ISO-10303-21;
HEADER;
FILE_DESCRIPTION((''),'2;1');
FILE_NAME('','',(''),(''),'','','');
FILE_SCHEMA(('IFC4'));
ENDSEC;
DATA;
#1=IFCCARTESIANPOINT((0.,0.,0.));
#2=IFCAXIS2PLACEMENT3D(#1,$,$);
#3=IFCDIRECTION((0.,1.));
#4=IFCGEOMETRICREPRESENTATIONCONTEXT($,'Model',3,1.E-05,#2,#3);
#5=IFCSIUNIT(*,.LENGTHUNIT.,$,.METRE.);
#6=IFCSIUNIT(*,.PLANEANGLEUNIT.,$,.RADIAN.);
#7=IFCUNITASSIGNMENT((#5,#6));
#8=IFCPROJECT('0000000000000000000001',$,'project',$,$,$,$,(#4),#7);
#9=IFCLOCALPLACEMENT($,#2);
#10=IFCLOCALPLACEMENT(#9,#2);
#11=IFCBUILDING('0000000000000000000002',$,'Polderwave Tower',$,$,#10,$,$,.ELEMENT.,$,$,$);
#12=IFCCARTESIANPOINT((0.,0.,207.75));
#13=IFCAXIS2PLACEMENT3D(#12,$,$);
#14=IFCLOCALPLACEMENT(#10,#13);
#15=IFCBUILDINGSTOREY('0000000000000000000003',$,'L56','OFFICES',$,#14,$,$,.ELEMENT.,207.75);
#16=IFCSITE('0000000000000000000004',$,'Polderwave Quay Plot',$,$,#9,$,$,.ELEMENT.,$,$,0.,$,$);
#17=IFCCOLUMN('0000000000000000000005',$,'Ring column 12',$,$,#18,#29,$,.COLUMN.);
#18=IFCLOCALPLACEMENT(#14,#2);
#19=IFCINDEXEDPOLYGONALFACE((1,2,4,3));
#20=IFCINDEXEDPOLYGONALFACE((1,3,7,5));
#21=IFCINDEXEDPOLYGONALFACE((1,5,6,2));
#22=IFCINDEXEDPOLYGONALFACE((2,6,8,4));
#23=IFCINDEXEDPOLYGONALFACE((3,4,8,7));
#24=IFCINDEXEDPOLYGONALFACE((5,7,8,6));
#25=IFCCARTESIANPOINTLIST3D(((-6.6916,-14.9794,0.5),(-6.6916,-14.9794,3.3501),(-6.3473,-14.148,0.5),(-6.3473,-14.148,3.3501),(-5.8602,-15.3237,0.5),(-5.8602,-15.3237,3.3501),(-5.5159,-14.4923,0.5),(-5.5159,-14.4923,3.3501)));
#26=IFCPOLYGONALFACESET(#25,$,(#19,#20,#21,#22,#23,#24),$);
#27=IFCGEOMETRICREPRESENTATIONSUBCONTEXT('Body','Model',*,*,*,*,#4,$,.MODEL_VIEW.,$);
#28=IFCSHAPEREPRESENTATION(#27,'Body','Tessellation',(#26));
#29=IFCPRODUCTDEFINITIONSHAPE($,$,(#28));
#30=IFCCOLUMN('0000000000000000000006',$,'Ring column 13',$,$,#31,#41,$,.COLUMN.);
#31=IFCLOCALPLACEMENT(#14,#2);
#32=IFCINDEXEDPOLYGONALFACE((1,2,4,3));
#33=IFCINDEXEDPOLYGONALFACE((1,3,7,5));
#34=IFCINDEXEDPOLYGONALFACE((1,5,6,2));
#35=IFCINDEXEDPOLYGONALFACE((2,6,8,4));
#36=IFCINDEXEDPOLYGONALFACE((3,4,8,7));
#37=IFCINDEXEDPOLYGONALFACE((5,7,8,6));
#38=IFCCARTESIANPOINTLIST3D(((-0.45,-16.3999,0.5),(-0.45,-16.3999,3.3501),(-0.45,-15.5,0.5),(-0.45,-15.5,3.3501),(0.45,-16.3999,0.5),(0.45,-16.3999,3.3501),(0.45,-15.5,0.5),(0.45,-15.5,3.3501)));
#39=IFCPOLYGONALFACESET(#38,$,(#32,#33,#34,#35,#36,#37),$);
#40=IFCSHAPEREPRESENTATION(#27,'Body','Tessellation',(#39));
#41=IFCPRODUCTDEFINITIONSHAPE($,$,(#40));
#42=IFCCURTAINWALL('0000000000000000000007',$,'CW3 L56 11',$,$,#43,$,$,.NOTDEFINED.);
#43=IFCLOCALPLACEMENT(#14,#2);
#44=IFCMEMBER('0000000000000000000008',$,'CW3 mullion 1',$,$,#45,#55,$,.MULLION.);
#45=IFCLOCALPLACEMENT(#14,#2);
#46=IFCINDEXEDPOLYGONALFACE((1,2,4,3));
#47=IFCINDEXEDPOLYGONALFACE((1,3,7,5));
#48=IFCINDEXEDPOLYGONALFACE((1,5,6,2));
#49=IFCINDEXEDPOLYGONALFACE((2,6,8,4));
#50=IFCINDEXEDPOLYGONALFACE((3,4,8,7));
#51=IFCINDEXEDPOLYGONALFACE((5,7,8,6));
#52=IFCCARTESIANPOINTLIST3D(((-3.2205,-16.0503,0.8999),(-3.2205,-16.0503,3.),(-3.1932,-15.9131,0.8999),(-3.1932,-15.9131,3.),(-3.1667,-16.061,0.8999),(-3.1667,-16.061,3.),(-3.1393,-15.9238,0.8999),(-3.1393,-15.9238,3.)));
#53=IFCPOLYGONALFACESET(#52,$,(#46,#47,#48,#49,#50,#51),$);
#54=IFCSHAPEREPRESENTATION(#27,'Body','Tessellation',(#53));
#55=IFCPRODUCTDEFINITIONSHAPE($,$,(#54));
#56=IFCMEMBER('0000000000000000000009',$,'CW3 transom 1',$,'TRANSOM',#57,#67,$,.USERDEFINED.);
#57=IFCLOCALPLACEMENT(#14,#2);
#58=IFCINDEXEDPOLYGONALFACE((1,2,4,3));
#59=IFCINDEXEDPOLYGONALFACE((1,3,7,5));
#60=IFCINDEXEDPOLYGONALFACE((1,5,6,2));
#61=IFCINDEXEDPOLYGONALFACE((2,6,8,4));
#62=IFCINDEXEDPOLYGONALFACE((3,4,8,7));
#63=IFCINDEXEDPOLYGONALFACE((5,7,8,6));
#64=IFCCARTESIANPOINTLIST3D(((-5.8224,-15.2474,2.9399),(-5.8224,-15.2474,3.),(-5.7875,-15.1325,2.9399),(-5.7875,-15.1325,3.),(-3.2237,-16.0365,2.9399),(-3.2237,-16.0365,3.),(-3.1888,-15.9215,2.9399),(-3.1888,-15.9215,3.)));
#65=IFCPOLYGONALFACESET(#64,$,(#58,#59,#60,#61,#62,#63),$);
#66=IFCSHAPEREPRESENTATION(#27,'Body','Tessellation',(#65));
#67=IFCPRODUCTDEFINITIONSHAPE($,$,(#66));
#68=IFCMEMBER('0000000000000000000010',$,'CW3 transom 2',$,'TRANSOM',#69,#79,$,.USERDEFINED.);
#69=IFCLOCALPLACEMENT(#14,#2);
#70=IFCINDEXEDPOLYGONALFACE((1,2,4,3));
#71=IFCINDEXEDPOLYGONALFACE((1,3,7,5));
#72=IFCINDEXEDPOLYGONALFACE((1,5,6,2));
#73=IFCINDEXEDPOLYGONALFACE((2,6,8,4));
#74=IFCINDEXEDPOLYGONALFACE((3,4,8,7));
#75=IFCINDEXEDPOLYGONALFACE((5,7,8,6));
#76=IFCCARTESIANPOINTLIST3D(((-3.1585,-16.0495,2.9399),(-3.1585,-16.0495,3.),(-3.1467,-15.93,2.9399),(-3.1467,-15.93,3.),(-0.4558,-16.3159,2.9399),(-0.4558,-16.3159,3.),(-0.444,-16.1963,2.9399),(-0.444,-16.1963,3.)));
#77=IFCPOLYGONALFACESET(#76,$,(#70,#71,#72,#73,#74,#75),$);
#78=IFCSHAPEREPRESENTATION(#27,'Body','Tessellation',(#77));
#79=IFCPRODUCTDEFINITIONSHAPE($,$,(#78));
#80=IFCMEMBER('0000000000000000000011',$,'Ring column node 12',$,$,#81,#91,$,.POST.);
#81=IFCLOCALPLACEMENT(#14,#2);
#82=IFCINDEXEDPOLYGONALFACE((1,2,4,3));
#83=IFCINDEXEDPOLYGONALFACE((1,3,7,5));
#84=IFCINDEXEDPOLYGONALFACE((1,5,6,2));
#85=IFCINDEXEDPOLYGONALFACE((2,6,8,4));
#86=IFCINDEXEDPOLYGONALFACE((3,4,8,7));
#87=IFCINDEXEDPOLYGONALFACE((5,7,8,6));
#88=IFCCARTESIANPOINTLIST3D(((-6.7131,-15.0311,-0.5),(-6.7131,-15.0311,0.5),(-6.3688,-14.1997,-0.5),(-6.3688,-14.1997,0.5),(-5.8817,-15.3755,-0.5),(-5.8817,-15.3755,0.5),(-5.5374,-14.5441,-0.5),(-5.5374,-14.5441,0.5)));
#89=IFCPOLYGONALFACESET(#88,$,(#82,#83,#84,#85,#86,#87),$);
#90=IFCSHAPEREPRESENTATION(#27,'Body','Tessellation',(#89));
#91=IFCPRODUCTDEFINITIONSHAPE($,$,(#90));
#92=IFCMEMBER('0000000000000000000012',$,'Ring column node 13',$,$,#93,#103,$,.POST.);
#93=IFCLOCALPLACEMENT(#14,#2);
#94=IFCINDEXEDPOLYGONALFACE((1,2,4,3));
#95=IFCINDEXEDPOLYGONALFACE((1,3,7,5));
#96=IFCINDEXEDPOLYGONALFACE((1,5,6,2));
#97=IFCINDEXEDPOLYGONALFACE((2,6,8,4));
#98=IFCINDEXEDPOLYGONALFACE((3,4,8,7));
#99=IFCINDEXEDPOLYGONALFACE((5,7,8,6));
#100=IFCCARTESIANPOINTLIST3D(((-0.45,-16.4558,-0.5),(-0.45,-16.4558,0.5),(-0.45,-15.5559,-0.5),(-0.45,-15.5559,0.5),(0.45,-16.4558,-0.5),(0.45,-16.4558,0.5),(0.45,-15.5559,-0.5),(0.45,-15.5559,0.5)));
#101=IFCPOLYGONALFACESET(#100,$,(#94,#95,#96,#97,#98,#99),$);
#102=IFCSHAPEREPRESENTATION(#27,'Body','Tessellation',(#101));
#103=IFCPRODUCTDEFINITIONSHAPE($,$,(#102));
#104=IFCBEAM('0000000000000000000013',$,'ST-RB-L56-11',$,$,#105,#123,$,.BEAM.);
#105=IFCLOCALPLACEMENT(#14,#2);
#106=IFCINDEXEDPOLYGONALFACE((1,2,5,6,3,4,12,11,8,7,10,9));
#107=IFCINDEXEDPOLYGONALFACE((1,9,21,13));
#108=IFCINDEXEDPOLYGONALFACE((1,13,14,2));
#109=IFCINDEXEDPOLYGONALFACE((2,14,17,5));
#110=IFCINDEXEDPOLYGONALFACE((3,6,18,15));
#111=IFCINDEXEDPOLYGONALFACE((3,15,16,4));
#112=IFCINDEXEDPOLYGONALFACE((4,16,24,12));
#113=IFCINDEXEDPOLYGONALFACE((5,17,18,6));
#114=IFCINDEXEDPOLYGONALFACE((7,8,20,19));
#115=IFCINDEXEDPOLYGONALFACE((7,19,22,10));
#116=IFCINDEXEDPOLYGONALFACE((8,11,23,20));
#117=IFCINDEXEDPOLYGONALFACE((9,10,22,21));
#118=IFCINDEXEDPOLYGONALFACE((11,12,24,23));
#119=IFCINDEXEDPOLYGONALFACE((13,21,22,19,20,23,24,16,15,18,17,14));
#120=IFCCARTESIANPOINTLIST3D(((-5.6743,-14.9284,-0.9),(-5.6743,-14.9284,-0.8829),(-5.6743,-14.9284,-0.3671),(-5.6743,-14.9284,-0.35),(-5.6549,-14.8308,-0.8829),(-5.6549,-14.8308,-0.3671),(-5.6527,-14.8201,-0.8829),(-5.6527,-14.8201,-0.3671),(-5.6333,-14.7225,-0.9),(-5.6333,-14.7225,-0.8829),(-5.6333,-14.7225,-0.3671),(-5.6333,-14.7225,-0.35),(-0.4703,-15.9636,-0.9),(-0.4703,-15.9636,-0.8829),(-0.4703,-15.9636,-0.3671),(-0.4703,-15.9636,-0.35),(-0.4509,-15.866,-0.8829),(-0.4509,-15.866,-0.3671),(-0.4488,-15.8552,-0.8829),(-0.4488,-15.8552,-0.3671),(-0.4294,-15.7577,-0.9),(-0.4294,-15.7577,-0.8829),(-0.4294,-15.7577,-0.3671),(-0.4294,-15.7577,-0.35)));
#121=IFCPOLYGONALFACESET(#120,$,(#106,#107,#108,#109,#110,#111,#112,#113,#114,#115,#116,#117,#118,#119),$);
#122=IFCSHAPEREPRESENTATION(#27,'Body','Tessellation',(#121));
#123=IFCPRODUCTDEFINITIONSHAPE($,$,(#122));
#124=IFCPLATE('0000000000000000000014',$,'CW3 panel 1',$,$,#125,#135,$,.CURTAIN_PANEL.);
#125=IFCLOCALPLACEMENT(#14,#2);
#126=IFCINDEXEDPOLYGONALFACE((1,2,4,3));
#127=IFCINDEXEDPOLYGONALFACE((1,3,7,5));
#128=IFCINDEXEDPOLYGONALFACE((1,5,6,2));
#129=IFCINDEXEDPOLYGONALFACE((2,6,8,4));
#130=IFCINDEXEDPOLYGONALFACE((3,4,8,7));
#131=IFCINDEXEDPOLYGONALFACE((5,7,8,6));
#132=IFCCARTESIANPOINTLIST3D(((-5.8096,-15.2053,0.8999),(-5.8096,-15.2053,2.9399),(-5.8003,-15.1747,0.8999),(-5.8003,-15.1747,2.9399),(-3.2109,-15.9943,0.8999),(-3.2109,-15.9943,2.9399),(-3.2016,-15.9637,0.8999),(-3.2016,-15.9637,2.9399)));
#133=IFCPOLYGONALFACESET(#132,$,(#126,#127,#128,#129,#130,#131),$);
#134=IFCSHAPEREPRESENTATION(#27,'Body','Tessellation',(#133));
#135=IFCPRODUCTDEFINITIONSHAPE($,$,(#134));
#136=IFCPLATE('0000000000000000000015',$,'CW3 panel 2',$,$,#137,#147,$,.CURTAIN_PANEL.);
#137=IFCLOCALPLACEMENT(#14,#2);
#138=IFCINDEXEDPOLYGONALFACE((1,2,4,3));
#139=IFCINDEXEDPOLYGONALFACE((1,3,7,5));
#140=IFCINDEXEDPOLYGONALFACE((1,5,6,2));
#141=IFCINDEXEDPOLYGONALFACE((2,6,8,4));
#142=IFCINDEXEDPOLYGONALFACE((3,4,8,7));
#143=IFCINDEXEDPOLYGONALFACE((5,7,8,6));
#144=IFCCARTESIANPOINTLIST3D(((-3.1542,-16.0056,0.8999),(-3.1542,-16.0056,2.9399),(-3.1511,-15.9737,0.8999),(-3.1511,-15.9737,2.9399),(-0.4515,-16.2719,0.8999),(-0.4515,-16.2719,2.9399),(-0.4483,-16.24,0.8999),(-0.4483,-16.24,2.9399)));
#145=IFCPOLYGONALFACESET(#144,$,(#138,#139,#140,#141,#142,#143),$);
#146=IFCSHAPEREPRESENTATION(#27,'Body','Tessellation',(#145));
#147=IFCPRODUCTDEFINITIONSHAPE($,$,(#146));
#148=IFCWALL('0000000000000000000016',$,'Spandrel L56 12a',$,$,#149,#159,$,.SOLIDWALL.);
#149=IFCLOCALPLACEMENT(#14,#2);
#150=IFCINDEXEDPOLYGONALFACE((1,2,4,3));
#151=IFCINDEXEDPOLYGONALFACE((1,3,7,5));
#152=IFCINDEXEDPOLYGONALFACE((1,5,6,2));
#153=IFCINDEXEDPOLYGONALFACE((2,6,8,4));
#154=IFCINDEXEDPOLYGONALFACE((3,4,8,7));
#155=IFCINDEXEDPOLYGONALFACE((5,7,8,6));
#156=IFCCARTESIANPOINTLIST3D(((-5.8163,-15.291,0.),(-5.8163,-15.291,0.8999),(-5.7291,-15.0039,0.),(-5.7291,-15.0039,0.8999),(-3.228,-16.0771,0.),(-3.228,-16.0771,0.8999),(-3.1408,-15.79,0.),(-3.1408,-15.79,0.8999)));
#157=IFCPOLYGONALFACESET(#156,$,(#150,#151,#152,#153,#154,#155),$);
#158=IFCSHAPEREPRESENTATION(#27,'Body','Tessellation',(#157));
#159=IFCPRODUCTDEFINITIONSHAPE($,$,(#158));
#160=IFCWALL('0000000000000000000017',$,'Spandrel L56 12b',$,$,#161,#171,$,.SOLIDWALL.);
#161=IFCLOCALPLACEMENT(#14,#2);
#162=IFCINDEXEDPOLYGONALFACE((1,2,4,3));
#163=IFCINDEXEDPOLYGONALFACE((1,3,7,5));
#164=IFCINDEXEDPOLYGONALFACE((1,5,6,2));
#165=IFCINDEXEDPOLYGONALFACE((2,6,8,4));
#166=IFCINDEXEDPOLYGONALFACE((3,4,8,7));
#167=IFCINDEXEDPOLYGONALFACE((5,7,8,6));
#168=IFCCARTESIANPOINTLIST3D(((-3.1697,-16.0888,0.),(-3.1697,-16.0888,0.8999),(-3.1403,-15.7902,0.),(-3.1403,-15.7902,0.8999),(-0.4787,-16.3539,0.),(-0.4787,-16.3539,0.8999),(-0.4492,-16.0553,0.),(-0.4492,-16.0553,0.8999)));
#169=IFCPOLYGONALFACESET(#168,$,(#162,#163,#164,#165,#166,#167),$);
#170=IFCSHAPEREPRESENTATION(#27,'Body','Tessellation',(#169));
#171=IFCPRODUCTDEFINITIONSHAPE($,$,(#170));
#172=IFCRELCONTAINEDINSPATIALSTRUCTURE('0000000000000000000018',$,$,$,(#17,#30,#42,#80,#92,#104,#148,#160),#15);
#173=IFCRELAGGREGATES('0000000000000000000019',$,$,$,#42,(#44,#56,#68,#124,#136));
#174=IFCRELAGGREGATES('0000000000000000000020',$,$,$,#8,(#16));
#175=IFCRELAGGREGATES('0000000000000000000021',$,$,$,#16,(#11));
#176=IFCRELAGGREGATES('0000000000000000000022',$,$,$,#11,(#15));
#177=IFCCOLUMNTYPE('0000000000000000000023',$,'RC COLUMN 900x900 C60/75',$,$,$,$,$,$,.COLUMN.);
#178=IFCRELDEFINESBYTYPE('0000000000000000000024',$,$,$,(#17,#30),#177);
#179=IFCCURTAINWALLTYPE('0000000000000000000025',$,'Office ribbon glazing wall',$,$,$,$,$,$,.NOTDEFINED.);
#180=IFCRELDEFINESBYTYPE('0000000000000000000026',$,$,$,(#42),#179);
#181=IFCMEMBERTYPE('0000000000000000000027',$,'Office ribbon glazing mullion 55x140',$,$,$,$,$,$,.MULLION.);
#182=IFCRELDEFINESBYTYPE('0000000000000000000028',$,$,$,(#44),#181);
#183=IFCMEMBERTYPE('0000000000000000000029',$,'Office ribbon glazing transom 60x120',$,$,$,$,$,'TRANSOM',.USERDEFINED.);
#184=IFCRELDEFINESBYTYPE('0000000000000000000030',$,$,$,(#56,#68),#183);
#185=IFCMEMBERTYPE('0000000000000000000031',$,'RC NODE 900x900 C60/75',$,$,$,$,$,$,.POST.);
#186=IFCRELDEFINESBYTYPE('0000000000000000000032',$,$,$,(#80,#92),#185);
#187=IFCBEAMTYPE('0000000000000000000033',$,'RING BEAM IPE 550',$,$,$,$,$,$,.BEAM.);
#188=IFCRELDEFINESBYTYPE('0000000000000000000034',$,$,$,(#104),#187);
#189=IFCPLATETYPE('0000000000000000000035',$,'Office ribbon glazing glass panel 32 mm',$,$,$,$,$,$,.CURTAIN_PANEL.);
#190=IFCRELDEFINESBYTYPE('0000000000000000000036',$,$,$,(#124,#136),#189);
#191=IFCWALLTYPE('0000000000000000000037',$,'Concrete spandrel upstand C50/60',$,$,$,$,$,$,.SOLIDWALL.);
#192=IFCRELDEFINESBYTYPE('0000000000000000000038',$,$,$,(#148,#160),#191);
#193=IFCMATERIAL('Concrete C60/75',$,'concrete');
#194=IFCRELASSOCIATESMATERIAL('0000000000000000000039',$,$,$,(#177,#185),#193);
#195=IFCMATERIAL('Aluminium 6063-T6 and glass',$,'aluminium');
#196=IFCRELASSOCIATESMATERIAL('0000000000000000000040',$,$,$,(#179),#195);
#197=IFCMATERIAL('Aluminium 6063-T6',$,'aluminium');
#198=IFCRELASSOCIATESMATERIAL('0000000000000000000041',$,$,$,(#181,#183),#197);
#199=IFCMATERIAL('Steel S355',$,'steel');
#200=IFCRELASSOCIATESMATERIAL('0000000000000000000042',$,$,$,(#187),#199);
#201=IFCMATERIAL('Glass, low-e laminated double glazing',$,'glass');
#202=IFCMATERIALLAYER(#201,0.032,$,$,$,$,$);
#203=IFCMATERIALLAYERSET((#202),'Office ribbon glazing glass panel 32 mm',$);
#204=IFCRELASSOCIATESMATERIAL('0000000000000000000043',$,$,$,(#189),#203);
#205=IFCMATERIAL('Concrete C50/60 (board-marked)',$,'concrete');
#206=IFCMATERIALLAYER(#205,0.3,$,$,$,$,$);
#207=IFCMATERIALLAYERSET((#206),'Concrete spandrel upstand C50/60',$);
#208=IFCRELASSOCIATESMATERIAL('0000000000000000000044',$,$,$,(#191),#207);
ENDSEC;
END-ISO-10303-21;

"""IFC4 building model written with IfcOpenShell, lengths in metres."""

from ifc_helpers import new_model, si_unit, direction, frame, frame_2d, origin, origin_2d, place, context, subcontext, project, spatial, rectangle, i_section, extrude, material, layer, layer_set, material_profile, profile_set, type_object, element, aggregate, save


model = new_model("IFC4")

# Units and contexts
model_context = context("Model", 3, precision=1e-05, world=origin(), true_north=direction((0.0, 1.0)))
body_context = subcontext(model_context, "Body", "Model", "MODEL_VIEW")
ifc_project = project(units=[si_unit("LENGTHUNIT", "METRE"), si_unit("PLANEANGLEUNIT", "RADIAN")], contexts=[model_context])

# Site, building, storey
site_placement = place(None, origin())
site = spatial("IfcSite", under=ifc_project, at=site_placement, Name="Polderwave Quay Plot", CompositionType="ELEMENT", RefElevation=0.0)
building_placement = place(site_placement, origin())
building = spatial("IfcBuilding", under=site, at=building_placement, Name="Polderwave Tower", CompositionType="ELEMENT")
storey_placement = place(building_placement, frame((0.0, 0.0, 207.75)))
storey = spatial("IfcBuildingStorey", under=building, at=storey_placement, Name="L56", Description="OFFICES", CompositionType="ELEMENT", Elevation=207.75)

# Columns
ifc_material_1 = material(Name="Concrete C60/75", Category="concrete")
ifc_material_profile_1 = material_profile(ifc_material_1, rectangle(XDim=0.8999, YDim=0.8999, at=origin_2d()), Name="RC 900x900")
ifc_profile_set_1 = profile_set([ifc_material_profile_1], Name="Concrete C60/75")
column_type = type_object("IfcColumnType", Name="RC COLUMN 900x900 C60/75", PredefinedType="COLUMN", material=ifc_profile_set_1)
for number, where, z_axis, x_axis, name in (
    (1, (-6.1038, -14.7358, 0.5), (0.0, 0.0, 1.0), (-0.382683, -0.92388, 0.0), "Ring column 12"),
    (2, (0.0, -15.95, 0.5), (0.0, 0.0, 1.0), (0.0, -1.0, 0.0), "Ring column 13"),
):
    element("IfcColumn", number, at=place(storey_placement, frame(where, z_axis=z_axis, x_axis=x_axis)), inside=storey, type_object=column_type, Name=name, PredefinedType="COLUMN", context=body_context, shape_type="SweptSolid", body=[
        extrude(rectangle(XDim=0.8999, YDim=0.8999, at=origin_2d()), origin(), (0.0, 0.0, 1.0), 2.8501),
    ])

# Curtain wall, members
ifc_material_2 = material(Name="Aluminium 6063-T6 and glass", Category="aluminium")
curtain_wall_type = type_object("IfcCurtainWallType", Name="Office ribbon glazing wall", PredefinedType="NOTDEFINED", material=ifc_material_2)
curtain_wall_placement = place(storey_placement, origin())
curtain_wall = element("IfcCurtainWall", 3, at=curtain_wall_placement, inside=storey, type_object=curtain_wall_type, Name="CW3 L56 11", PredefinedType="NOTDEFINED")
ifc_material_3 = material(Name="Aluminium 6063-T6", Category="aluminium")
ifc_material_profile_2 = material_profile(ifc_material_3, rectangle(XDim=0.1399, YDim=0.0549, at=origin_2d()), Name="AL 55x140")
ifc_profile_set_2 = profile_set([ifc_material_profile_2], Name="Aluminium 6063-T6")
member_type_1 = type_object("IfcMemberType", Name="Office ribbon glazing mullion 55x140", PredefinedType="MULLION", material=ifc_profile_set_2)
member_1_placement = place(storey_placement, frame((-3.1799, -15.9871, 0.8999), z_axis=(0.0, 0.0, 1.0), x_axis=(0.195234, 0.980757, 0.0)))
member_1 = element("IfcMember", 4, at=member_1_placement, type_object=member_type_1, Name="CW3 mullion 1", PredefinedType="MULLION", context=body_context, shape_type="SweptSolid", body=[
    extrude(rectangle(XDim=0.1399, YDim=0.0549, at=origin_2d()), origin(), (0.0, 0.0, 1.0), 2.1001),
])
ifc_material_profile_3 = material_profile(ifc_material_3, rectangle(XDim=0.1201, YDim=0.0601, at=origin_2d()), Name="AL 60x120")
ifc_profile_set_3 = profile_set([ifc_material_profile_3], Name="Aluminium 6063-T6")
member_type_2 = type_object("IfcMemberType", Name="Office ribbon glazing transom 60x120", ElementType="TRANSOM", PredefinedType="USERDEFINED", material=ifc_profile_set_3)
member_2_placement = place(storey_placement, frame((-5.8049, -15.1899, 2.97), z_axis=(0.956861, -0.290546, 0.0), x_axis=(0.290546, 0.956861, 0.0)))
member_2 = element("IfcMember", 5, at=member_2_placement, type_object=member_type_2, Name="CW3 transom 1", ObjectType="TRANSOM", PredefinedType="USERDEFINED", context=body_context, shape_type="SweptSolid", body=[
    extrude(rectangle(XDim=0.1201, YDim=0.0601, at=origin_2d()), origin(), (0.0, 0.0, 1.0), 2.7158),
])
member_3_placement = place(storey_placement, frame((-3.1526, -15.9897, 2.97), z_axis=(0.995179, -0.098079, 0.0), x_axis=(0.098079, 0.995179, 0.0)))
member_3 = element("IfcMember", 6, at=member_3_placement, type_object=member_type_2, Name="CW3 transom 2", ObjectType="TRANSOM", PredefinedType="USERDEFINED", context=body_context, shape_type="SweptSolid", body=[
    extrude(rectangle(XDim=0.1201, YDim=0.0601, at=origin_2d()), origin(), (0.0, 0.0, 1.0), 2.7158),
])

# Members
ifc_material_profile_4 = material_profile(ifc_material_1, rectangle(XDim=0.8999, YDim=0.8999, at=origin_2d()), Name="RC 900x900")
ifc_profile_set_4 = profile_set([ifc_material_profile_4], Name="Concrete C60/75")
member_type_3 = type_object("IfcMemberType", Name="RC NODE 900x900 C60/75", PredefinedType="POST", material=ifc_profile_set_4)
for number, where, z_axis, x_axis, name in (
    (7, (-6.1252, -14.7876, -0.5), (0.0, 0.0, 1.0), (-0.382683, -0.92388, 0.0), "Ring column node 12"),
    (8, (0.0, -16.0059, -0.5), (0.0, 0.0, 1.0), (0.0, -1.0, 0.0), "Ring column node 13"),
):
    element("IfcMember", number, at=place(storey_placement, frame(where, z_axis=z_axis, x_axis=x_axis)), inside=storey, type_object=member_type_3, Name=name, PredefinedType="POST", context=body_context, shape_type="SweptSolid", body=[
        extrude(rectangle(XDim=0.8999, YDim=0.8999, at=origin_2d()), origin(), (0.0, 0.0, 1.0), 1.0),
    ])

# Beam
ifc_material_4 = material(Name="Steel S355", Category="steel")
ifc_material_profile_5 = material_profile(ifc_material_4, i_section(OverallWidth=0.21, OverallDepth=0.55, WebThickness=0.011, FlangeThickness=0.0171, at=origin_2d()), Name="IPE 550")
ifc_profile_set_5 = profile_set([ifc_material_profile_5], Name="Steel S355")
beam_type = type_object("IfcBeamType", Name="RING BEAM IPE 550", PredefinedType="BEAM", material=ifc_profile_set_5)
beam_placement = place(storey_placement, frame((-5.6538, -14.8254, -0.625), z_axis=(0.980784, -0.195098, 0.0), x_axis=(0.195098, 0.980784, 0.0)))
element("IfcBeam", 9, at=beam_placement, inside=storey, type_object=beam_type, Name="ST-RB-L56-11", PredefinedType="BEAM", context=body_context, shape_type="SweptSolid", body=[
    extrude(i_section(OverallWidth=0.21, OverallDepth=0.55, WebThickness=0.011, FlangeThickness=0.0171, at=origin_2d()), origin(), (0.0, 0.0, 1.0), 5.3059),
])

# Plates
ifc_material_5 = material(Name="Glass, low-e laminated double glazing", Category="glass")
ifc_layer_1 = layer(ifc_material_5, 0.032)
ifc_layer_set_1 = layer_set([ifc_layer_1], Name="Office ribbon glazing glass panel 32 mm")
plate_type = type_object("IfcPlateType", Name="Office ribbon glazing glass panel 32 mm", PredefinedType="CURTAIN_PANEL", material=ifc_layer_set_1)
plate_1_placement = place(storey_placement, frame((-4.5056, -15.5845, 0.8999), z_axis=(0.0, 0.0, 1.0), x_axis=(0.956868, -0.290524, 0.0)))
plate_1 = element("IfcPlate", 10, at=plate_1_placement, type_object=plate_type, Name="CW3 panel 1", PredefinedType="CURTAIN_PANEL", context=body_context, shape_type="SweptSolid", body=[
    extrude(rectangle(XDim=2.7158, YDim=0.032, at=origin_2d()), origin(), (0.0, 0.0, 1.0), 2.04),
])
plate_2_placement = place(storey_placement, frame((-1.8013, -16.1228, 0.8999), z_axis=(0.0, 0.0, 1.0), x_axis=(0.99518, -0.098061, 0.0)))
plate_2 = element("IfcPlate", 11, at=plate_2_placement, type_object=plate_type, Name="CW3 panel 2", PredefinedType="CURTAIN_PANEL", context=body_context, shape_type="SweptSolid", body=[
    extrude(rectangle(XDim=2.7158, YDim=0.032, at=origin_2d()), origin(), (0.0, 0.0, 1.0), 2.04),
])
aggregate(curtain_wall, [member_1, member_2, member_3, plate_1, plate_2])

# Walls
ifc_material_6 = material(Name="Concrete C50/60 (board-marked)", Category="concrete")
ifc_layer_2 = layer(ifc_material_6, 0.3)
ifc_layer_set_2 = layer_set([ifc_layer_2], Name="Concrete spandrel upstand C50/60")
wall_type_1 = type_object("IfcWallType", Name="Concrete spandrel upstand C50/60", PredefinedType="SOLIDWALL", material=ifc_layer_set_2)
wall_1_placement = place(storey_placement, frame((-5.7727, -15.1475, 0.0), z_axis=(0.0, 0.0, 1.0), x_axis=(0.956842, -0.290609, 0.0)))
element("IfcWall", 12, at=wall_1_placement, inside=storey, type_object=wall_type_1, Name="Spandrel L56 12a", PredefinedType="SOLIDWALL", context=body_context, shape_type="SweptSolid", body=[
    extrude(rectangle(XDim=2.7051, YDim=0.3, at=frame_2d((1.3525, 0.0))), origin(), (0.0, 0.0, 1.0), 0.8999),
])
wall_2_placement = place(storey_placement, frame((-3.155, -15.9395, 0.0), z_axis=(0.0, 0.0, 1.0), x_axis=(0.995182, -0.098047, 0.0)))
element("IfcWall", 13, at=wall_2_placement, inside=storey, type_object=wall_type_1, Name="Spandrel L56 12b", PredefinedType="SOLIDWALL", context=body_context, shape_type="SweptSolid", body=[
    extrude(rectangle(XDim=2.7041, YDim=0.3, at=frame_2d((1.3521, 0.0))), origin(), (0.0, 0.0, 1.0), 0.8999),
])

save(model, "model.ifc")
